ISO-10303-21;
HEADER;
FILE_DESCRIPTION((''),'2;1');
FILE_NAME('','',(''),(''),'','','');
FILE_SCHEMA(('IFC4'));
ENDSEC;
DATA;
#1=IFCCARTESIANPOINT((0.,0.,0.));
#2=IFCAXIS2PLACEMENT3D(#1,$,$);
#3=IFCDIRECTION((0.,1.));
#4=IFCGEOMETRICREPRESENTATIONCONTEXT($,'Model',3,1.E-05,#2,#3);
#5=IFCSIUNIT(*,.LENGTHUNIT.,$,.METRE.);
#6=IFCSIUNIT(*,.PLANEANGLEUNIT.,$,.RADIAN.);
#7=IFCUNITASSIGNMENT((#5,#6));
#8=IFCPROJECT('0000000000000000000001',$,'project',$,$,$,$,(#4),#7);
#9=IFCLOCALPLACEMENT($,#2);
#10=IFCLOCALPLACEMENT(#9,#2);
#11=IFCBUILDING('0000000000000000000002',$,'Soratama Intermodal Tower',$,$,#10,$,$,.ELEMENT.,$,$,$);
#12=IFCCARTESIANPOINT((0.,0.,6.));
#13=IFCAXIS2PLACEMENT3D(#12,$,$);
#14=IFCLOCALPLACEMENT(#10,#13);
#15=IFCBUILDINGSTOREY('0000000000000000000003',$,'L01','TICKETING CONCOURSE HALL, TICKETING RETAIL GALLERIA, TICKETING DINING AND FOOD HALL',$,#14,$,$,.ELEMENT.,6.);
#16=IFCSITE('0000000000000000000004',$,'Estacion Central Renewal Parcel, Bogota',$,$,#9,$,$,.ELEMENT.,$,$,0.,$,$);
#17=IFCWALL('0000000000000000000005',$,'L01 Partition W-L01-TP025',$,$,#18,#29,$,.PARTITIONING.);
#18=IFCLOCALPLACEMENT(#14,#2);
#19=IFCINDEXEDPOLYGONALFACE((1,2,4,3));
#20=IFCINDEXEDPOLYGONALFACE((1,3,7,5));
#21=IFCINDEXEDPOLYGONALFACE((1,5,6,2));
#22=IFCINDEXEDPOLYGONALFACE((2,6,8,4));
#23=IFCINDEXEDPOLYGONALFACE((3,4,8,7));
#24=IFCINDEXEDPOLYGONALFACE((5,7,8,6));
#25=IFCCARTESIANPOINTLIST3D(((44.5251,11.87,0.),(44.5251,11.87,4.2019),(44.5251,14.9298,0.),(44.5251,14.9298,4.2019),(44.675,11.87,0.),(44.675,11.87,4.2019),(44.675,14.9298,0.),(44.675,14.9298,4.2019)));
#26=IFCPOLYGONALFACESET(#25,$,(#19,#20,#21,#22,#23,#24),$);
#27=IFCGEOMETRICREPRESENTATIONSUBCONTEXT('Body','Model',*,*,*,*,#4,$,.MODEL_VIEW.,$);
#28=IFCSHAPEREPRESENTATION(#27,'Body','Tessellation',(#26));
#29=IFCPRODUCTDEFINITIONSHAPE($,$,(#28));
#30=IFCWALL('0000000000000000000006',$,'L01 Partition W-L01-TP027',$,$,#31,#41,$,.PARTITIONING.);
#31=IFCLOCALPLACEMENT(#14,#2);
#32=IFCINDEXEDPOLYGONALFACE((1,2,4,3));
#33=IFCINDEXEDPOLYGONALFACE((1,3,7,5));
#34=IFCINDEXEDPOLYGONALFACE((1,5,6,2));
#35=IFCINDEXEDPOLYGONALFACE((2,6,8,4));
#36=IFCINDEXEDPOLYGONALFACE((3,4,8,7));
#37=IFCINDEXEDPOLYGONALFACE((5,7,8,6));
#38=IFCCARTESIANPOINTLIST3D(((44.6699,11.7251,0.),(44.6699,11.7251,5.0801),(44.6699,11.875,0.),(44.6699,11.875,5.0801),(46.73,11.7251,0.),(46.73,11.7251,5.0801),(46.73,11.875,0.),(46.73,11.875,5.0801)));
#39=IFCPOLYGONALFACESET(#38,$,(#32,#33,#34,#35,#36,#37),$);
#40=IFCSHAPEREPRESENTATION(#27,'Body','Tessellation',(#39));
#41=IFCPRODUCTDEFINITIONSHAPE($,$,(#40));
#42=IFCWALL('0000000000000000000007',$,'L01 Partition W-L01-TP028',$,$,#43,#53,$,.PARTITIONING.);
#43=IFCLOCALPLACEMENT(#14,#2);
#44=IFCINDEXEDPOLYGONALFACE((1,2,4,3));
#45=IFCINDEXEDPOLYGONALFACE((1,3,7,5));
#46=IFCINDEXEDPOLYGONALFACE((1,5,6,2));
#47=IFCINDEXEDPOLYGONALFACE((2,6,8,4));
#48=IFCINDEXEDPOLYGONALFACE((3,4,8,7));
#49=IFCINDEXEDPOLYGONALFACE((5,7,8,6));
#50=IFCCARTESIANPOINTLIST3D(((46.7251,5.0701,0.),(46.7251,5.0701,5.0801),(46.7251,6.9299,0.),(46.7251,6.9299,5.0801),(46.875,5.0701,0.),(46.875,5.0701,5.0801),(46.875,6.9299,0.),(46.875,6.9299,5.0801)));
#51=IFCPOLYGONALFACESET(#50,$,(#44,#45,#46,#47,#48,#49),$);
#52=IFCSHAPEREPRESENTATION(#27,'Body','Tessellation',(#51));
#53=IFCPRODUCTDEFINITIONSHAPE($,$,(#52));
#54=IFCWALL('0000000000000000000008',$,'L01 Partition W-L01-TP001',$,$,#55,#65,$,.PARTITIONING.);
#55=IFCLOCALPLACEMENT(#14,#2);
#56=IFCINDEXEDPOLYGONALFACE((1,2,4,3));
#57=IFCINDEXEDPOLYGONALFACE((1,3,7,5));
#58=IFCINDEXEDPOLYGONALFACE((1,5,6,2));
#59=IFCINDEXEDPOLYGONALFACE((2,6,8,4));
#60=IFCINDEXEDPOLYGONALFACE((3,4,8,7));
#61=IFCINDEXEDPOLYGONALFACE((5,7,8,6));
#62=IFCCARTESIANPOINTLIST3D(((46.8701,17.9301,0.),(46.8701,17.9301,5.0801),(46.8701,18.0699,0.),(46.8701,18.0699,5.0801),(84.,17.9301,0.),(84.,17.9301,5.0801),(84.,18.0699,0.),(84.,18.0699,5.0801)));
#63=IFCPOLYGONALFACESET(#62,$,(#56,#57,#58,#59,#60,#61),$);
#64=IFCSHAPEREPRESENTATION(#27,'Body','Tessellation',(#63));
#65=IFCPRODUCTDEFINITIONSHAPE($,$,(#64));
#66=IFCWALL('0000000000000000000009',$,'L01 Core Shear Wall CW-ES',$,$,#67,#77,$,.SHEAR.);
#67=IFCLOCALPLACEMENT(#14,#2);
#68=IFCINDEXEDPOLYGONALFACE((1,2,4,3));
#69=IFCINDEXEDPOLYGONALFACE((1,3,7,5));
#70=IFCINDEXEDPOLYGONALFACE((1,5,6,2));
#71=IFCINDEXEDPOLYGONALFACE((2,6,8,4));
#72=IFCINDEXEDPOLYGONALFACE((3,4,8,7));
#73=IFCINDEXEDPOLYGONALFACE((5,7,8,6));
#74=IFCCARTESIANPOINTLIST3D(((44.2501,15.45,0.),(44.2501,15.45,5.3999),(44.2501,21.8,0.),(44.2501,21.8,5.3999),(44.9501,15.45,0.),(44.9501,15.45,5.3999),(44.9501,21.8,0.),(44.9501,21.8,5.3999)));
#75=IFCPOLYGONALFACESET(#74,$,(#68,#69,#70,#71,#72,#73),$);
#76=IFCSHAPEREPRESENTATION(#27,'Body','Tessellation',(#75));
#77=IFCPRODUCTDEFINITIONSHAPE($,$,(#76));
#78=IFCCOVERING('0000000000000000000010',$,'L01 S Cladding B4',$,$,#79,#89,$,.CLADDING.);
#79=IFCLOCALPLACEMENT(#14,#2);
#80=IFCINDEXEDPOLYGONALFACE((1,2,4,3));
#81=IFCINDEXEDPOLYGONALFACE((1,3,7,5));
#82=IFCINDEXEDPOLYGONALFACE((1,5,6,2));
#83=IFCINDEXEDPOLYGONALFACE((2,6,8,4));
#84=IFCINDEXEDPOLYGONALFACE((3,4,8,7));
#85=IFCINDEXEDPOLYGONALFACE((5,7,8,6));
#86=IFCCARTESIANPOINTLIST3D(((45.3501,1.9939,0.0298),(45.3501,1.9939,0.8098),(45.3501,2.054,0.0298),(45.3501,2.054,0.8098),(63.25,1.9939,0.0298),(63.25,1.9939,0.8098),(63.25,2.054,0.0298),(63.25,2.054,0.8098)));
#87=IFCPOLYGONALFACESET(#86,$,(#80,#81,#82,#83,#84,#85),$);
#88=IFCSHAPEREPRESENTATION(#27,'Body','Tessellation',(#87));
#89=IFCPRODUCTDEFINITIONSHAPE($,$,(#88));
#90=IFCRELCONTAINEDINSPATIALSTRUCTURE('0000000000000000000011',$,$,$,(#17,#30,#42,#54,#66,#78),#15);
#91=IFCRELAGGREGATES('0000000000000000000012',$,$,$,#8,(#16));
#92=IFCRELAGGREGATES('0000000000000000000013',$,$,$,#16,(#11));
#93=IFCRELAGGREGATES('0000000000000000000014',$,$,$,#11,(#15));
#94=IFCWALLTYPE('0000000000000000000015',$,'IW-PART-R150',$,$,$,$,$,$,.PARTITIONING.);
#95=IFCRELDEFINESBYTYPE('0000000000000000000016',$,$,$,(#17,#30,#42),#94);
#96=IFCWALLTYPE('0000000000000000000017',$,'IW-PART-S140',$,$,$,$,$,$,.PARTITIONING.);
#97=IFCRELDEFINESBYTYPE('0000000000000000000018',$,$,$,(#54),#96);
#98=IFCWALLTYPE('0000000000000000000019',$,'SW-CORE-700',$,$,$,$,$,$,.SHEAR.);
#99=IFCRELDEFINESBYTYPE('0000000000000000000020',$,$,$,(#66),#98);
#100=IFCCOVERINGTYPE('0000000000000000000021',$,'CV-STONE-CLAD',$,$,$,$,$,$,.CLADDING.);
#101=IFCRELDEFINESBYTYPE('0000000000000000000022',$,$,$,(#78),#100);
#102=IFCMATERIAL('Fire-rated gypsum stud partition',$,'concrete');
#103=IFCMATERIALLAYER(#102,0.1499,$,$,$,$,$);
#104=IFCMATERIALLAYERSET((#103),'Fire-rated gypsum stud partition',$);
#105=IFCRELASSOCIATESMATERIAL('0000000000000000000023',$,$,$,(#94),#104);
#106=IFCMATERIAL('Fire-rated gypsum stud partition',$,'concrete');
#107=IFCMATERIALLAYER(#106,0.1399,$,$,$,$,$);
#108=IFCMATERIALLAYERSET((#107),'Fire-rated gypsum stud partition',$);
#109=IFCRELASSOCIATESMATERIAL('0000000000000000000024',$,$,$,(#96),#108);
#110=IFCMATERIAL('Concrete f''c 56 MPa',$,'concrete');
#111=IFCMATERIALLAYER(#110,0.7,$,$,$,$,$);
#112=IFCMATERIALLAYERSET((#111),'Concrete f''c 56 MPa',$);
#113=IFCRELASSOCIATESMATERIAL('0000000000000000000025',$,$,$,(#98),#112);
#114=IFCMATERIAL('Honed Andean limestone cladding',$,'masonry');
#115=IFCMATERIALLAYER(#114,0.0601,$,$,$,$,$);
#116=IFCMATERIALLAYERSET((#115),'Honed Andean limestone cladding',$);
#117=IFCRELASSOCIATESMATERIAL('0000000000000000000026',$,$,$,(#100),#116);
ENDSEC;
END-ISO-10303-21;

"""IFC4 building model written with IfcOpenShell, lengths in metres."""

from ifc_helpers import new_model, si_unit, direction, frame, frame_2d, origin, origin_2d, place, context, subcontext, project, spatial, rectangle, extrude, material, layer, layer_set, type_object, element, save


model = new_model("IFC4")

# Units and contexts
model_context = context("Model", 3, precision=1e-05, world=origin(), true_north=direction((0.0, 1.0)))
body_context = subcontext(model_context, "Body", "Model", "MODEL_VIEW")
ifc_project = project(units=[si_unit("LENGTHUNIT", "METRE"), si_unit("PLANEANGLEUNIT", "RADIAN")], contexts=[model_context])

# Site, building, storey
site_placement = place(None, origin())
site = spatial("IfcSite", under=ifc_project, at=site_placement, Name="Estacion Central Renewal Parcel, Bogota", CompositionType="ELEMENT", RefElevation=0.0)
building_placement = place(site_placement, origin())
building = spatial("IfcBuilding", under=site, at=building_placement, Name="Soratama Intermodal Tower", CompositionType="ELEMENT")
storey_placement = place(building_placement, frame((0.0, 0.0, 6.0)))
storey = spatial("IfcBuildingStorey", under=building, at=storey_placement, Name="L01", Description="TICKETING CONCOURSE HALL, TICKETING RETAIL GALLERIA, TICKETING DINING AND FOOD HALL", CompositionType="ELEMENT", Elevation=6.0)

# Shared definitions
ifc_material_1 = material(Name="Fire-rated gypsum stud partition", Category="concrete")
ifc_layer_1 = layer(ifc_material_1, 0.1499)
ifc_layer_set_1 = layer_set([ifc_layer_1], Name="Fire-rated gypsum stud partition")
wall_type_1 = type_object("IfcWallType", Name="IW-PART-R150", PredefinedType="PARTITIONING", material=ifc_layer_set_1)

# Walls
wall_1_placement = place(storey_placement, frame((44.6001, 11.8701, 0.0), z_axis=(0.0, 0.0, 1.0), x_axis=(0.0, 1.0, 0.0)))
element("IfcWall", 1, at=wall_1_placement, inside=storey, type_object=wall_type_1, Name="L01 Partition W-L01-TP025", PredefinedType="PARTITIONING", context=body_context, shape_type="SweptSolid", body=[
    extrude(rectangle(XDim=3.0598, YDim=0.1499, at=frame_2d((1.5298, 0.0))), origin(), (0.0, 0.0, 1.0), 4.2019),
])
wall_2_placement = place(storey_placement, frame((46.73, 11.8, 0.0), z_axis=(0.0, 0.0, 1.0), x_axis=(-1.0, 0.0, 0.0)))
element("IfcWall", 2, at=wall_2_placement, inside=storey, type_object=wall_type_1, Name="L01 Partition W-L01-TP027", PredefinedType="PARTITIONING", context=body_context, shape_type="SweptSolid", body=[
    extrude(rectangle(XDim=2.0601, YDim=0.1499, at=frame_2d((1.03, 0.0))), origin(), (0.0, 0.0, 1.0), 5.0801),
])
wall_3_placement = place(storey_placement, frame((46.8, 6.9299, 0.0), z_axis=(0.0, 0.0, 1.0), x_axis=(0.0, -1.0, 0.0)))
element("IfcWall", 3, at=wall_3_placement, inside=storey, type_object=wall_type_1, Name="L01 Partition W-L01-TP028", PredefinedType="PARTITIONING", context=body_context, shape_type="SweptSolid", body=[
    extrude(rectangle(XDim=1.8599, YDim=0.1499, at=frame_2d((0.9299, 0.0))), origin(), (0.0, 0.0, 1.0), 5.0801),
])
ifc_material_2 = material(Name="Fire-rated gypsum stud partition", Category="concrete")
ifc_layer_2 = layer(ifc_material_2, 0.1399)
ifc_layer_set_2 = layer_set([ifc_layer_2], Name="Fire-rated gypsum stud partition")
wall_type_2 = type_object("IfcWallType", Name="IW-PART-S140", PredefinedType="PARTITIONING", material=ifc_layer_set_2)
wall_4_placement = place(storey_placement, frame((46.8701, 18.0, 0.0), z_axis=(0.0, 0.0, 1.0), x_axis=(1.0, 0.0, 0.0)))
element("IfcWall", 4, at=wall_4_placement, inside=storey, type_object=wall_type_2, Name="L01 Partition W-L01-TP001", PredefinedType="PARTITIONING", context=body_context, shape_type="SweptSolid", body=[
    extrude(rectangle(XDim=37.1299, YDim=0.1399, at=frame_2d((18.5649, 0.0))), origin(), (0.0, 0.0, 1.0), 5.0801),
])
ifc_material_3 = material(Name="Concrete f'c 56 MPa", Category="concrete")
ifc_layer_3 = layer(ifc_material_3, 0.7)
ifc_layer_set_3 = layer_set([ifc_layer_3], Name="Concrete f'c 56 MPa")
wall_type_3 = type_object("IfcWallType", Name="SW-CORE-700", PredefinedType="SHEAR", material=ifc_layer_set_3)
wall_5_placement = place(storey_placement, frame((44.6001, 15.45, 0.0), z_axis=(0.0, 0.0, 1.0), x_axis=(0.0, 1.0, 0.0)))
element("IfcWall", 5, at=wall_5_placement, inside=storey, type_object=wall_type_3, Name="L01 Core Shear Wall CW-ES", PredefinedType="SHEAR", context=body_context, shape_type="SweptSolid", body=[
    extrude(rectangle(XDim=6.3501, YDim=0.7, at=frame_2d((3.175, 0.0))), origin(), (0.0, 0.0, 1.0), 5.3999),
])

# Covering
ifc_material_4 = material(Name="Honed Andean limestone cladding", Category="masonry")
ifc_layer_4 = layer(ifc_material_4, 0.0601)
ifc_layer_set_4 = layer_set([ifc_layer_4], Name="Honed Andean limestone cladding")
covering_type = type_object("IfcCoveringType", Name="CV-STONE-CLAD", PredefinedType="CLADDING", material=ifc_layer_set_4)
covering_placement = place(storey_placement, frame((54.3, 2.0239, 0.0298), z_axis=(0.0, 0.0, 1.0), x_axis=(1.0, 0.0, 0.0)))
element("IfcCovering", 6, at=covering_placement, inside=storey, type_object=covering_type, Name="L01 S Cladding B4", PredefinedType="CLADDING", context=body_context, shape_type="SweptSolid", body=[
    extrude(rectangle(XDim=17.8999, YDim=0.0601, at=origin_2d()), origin(), (0.0, 0.0, 1.0), 0.78),
])

save(model, "model.ifc")
